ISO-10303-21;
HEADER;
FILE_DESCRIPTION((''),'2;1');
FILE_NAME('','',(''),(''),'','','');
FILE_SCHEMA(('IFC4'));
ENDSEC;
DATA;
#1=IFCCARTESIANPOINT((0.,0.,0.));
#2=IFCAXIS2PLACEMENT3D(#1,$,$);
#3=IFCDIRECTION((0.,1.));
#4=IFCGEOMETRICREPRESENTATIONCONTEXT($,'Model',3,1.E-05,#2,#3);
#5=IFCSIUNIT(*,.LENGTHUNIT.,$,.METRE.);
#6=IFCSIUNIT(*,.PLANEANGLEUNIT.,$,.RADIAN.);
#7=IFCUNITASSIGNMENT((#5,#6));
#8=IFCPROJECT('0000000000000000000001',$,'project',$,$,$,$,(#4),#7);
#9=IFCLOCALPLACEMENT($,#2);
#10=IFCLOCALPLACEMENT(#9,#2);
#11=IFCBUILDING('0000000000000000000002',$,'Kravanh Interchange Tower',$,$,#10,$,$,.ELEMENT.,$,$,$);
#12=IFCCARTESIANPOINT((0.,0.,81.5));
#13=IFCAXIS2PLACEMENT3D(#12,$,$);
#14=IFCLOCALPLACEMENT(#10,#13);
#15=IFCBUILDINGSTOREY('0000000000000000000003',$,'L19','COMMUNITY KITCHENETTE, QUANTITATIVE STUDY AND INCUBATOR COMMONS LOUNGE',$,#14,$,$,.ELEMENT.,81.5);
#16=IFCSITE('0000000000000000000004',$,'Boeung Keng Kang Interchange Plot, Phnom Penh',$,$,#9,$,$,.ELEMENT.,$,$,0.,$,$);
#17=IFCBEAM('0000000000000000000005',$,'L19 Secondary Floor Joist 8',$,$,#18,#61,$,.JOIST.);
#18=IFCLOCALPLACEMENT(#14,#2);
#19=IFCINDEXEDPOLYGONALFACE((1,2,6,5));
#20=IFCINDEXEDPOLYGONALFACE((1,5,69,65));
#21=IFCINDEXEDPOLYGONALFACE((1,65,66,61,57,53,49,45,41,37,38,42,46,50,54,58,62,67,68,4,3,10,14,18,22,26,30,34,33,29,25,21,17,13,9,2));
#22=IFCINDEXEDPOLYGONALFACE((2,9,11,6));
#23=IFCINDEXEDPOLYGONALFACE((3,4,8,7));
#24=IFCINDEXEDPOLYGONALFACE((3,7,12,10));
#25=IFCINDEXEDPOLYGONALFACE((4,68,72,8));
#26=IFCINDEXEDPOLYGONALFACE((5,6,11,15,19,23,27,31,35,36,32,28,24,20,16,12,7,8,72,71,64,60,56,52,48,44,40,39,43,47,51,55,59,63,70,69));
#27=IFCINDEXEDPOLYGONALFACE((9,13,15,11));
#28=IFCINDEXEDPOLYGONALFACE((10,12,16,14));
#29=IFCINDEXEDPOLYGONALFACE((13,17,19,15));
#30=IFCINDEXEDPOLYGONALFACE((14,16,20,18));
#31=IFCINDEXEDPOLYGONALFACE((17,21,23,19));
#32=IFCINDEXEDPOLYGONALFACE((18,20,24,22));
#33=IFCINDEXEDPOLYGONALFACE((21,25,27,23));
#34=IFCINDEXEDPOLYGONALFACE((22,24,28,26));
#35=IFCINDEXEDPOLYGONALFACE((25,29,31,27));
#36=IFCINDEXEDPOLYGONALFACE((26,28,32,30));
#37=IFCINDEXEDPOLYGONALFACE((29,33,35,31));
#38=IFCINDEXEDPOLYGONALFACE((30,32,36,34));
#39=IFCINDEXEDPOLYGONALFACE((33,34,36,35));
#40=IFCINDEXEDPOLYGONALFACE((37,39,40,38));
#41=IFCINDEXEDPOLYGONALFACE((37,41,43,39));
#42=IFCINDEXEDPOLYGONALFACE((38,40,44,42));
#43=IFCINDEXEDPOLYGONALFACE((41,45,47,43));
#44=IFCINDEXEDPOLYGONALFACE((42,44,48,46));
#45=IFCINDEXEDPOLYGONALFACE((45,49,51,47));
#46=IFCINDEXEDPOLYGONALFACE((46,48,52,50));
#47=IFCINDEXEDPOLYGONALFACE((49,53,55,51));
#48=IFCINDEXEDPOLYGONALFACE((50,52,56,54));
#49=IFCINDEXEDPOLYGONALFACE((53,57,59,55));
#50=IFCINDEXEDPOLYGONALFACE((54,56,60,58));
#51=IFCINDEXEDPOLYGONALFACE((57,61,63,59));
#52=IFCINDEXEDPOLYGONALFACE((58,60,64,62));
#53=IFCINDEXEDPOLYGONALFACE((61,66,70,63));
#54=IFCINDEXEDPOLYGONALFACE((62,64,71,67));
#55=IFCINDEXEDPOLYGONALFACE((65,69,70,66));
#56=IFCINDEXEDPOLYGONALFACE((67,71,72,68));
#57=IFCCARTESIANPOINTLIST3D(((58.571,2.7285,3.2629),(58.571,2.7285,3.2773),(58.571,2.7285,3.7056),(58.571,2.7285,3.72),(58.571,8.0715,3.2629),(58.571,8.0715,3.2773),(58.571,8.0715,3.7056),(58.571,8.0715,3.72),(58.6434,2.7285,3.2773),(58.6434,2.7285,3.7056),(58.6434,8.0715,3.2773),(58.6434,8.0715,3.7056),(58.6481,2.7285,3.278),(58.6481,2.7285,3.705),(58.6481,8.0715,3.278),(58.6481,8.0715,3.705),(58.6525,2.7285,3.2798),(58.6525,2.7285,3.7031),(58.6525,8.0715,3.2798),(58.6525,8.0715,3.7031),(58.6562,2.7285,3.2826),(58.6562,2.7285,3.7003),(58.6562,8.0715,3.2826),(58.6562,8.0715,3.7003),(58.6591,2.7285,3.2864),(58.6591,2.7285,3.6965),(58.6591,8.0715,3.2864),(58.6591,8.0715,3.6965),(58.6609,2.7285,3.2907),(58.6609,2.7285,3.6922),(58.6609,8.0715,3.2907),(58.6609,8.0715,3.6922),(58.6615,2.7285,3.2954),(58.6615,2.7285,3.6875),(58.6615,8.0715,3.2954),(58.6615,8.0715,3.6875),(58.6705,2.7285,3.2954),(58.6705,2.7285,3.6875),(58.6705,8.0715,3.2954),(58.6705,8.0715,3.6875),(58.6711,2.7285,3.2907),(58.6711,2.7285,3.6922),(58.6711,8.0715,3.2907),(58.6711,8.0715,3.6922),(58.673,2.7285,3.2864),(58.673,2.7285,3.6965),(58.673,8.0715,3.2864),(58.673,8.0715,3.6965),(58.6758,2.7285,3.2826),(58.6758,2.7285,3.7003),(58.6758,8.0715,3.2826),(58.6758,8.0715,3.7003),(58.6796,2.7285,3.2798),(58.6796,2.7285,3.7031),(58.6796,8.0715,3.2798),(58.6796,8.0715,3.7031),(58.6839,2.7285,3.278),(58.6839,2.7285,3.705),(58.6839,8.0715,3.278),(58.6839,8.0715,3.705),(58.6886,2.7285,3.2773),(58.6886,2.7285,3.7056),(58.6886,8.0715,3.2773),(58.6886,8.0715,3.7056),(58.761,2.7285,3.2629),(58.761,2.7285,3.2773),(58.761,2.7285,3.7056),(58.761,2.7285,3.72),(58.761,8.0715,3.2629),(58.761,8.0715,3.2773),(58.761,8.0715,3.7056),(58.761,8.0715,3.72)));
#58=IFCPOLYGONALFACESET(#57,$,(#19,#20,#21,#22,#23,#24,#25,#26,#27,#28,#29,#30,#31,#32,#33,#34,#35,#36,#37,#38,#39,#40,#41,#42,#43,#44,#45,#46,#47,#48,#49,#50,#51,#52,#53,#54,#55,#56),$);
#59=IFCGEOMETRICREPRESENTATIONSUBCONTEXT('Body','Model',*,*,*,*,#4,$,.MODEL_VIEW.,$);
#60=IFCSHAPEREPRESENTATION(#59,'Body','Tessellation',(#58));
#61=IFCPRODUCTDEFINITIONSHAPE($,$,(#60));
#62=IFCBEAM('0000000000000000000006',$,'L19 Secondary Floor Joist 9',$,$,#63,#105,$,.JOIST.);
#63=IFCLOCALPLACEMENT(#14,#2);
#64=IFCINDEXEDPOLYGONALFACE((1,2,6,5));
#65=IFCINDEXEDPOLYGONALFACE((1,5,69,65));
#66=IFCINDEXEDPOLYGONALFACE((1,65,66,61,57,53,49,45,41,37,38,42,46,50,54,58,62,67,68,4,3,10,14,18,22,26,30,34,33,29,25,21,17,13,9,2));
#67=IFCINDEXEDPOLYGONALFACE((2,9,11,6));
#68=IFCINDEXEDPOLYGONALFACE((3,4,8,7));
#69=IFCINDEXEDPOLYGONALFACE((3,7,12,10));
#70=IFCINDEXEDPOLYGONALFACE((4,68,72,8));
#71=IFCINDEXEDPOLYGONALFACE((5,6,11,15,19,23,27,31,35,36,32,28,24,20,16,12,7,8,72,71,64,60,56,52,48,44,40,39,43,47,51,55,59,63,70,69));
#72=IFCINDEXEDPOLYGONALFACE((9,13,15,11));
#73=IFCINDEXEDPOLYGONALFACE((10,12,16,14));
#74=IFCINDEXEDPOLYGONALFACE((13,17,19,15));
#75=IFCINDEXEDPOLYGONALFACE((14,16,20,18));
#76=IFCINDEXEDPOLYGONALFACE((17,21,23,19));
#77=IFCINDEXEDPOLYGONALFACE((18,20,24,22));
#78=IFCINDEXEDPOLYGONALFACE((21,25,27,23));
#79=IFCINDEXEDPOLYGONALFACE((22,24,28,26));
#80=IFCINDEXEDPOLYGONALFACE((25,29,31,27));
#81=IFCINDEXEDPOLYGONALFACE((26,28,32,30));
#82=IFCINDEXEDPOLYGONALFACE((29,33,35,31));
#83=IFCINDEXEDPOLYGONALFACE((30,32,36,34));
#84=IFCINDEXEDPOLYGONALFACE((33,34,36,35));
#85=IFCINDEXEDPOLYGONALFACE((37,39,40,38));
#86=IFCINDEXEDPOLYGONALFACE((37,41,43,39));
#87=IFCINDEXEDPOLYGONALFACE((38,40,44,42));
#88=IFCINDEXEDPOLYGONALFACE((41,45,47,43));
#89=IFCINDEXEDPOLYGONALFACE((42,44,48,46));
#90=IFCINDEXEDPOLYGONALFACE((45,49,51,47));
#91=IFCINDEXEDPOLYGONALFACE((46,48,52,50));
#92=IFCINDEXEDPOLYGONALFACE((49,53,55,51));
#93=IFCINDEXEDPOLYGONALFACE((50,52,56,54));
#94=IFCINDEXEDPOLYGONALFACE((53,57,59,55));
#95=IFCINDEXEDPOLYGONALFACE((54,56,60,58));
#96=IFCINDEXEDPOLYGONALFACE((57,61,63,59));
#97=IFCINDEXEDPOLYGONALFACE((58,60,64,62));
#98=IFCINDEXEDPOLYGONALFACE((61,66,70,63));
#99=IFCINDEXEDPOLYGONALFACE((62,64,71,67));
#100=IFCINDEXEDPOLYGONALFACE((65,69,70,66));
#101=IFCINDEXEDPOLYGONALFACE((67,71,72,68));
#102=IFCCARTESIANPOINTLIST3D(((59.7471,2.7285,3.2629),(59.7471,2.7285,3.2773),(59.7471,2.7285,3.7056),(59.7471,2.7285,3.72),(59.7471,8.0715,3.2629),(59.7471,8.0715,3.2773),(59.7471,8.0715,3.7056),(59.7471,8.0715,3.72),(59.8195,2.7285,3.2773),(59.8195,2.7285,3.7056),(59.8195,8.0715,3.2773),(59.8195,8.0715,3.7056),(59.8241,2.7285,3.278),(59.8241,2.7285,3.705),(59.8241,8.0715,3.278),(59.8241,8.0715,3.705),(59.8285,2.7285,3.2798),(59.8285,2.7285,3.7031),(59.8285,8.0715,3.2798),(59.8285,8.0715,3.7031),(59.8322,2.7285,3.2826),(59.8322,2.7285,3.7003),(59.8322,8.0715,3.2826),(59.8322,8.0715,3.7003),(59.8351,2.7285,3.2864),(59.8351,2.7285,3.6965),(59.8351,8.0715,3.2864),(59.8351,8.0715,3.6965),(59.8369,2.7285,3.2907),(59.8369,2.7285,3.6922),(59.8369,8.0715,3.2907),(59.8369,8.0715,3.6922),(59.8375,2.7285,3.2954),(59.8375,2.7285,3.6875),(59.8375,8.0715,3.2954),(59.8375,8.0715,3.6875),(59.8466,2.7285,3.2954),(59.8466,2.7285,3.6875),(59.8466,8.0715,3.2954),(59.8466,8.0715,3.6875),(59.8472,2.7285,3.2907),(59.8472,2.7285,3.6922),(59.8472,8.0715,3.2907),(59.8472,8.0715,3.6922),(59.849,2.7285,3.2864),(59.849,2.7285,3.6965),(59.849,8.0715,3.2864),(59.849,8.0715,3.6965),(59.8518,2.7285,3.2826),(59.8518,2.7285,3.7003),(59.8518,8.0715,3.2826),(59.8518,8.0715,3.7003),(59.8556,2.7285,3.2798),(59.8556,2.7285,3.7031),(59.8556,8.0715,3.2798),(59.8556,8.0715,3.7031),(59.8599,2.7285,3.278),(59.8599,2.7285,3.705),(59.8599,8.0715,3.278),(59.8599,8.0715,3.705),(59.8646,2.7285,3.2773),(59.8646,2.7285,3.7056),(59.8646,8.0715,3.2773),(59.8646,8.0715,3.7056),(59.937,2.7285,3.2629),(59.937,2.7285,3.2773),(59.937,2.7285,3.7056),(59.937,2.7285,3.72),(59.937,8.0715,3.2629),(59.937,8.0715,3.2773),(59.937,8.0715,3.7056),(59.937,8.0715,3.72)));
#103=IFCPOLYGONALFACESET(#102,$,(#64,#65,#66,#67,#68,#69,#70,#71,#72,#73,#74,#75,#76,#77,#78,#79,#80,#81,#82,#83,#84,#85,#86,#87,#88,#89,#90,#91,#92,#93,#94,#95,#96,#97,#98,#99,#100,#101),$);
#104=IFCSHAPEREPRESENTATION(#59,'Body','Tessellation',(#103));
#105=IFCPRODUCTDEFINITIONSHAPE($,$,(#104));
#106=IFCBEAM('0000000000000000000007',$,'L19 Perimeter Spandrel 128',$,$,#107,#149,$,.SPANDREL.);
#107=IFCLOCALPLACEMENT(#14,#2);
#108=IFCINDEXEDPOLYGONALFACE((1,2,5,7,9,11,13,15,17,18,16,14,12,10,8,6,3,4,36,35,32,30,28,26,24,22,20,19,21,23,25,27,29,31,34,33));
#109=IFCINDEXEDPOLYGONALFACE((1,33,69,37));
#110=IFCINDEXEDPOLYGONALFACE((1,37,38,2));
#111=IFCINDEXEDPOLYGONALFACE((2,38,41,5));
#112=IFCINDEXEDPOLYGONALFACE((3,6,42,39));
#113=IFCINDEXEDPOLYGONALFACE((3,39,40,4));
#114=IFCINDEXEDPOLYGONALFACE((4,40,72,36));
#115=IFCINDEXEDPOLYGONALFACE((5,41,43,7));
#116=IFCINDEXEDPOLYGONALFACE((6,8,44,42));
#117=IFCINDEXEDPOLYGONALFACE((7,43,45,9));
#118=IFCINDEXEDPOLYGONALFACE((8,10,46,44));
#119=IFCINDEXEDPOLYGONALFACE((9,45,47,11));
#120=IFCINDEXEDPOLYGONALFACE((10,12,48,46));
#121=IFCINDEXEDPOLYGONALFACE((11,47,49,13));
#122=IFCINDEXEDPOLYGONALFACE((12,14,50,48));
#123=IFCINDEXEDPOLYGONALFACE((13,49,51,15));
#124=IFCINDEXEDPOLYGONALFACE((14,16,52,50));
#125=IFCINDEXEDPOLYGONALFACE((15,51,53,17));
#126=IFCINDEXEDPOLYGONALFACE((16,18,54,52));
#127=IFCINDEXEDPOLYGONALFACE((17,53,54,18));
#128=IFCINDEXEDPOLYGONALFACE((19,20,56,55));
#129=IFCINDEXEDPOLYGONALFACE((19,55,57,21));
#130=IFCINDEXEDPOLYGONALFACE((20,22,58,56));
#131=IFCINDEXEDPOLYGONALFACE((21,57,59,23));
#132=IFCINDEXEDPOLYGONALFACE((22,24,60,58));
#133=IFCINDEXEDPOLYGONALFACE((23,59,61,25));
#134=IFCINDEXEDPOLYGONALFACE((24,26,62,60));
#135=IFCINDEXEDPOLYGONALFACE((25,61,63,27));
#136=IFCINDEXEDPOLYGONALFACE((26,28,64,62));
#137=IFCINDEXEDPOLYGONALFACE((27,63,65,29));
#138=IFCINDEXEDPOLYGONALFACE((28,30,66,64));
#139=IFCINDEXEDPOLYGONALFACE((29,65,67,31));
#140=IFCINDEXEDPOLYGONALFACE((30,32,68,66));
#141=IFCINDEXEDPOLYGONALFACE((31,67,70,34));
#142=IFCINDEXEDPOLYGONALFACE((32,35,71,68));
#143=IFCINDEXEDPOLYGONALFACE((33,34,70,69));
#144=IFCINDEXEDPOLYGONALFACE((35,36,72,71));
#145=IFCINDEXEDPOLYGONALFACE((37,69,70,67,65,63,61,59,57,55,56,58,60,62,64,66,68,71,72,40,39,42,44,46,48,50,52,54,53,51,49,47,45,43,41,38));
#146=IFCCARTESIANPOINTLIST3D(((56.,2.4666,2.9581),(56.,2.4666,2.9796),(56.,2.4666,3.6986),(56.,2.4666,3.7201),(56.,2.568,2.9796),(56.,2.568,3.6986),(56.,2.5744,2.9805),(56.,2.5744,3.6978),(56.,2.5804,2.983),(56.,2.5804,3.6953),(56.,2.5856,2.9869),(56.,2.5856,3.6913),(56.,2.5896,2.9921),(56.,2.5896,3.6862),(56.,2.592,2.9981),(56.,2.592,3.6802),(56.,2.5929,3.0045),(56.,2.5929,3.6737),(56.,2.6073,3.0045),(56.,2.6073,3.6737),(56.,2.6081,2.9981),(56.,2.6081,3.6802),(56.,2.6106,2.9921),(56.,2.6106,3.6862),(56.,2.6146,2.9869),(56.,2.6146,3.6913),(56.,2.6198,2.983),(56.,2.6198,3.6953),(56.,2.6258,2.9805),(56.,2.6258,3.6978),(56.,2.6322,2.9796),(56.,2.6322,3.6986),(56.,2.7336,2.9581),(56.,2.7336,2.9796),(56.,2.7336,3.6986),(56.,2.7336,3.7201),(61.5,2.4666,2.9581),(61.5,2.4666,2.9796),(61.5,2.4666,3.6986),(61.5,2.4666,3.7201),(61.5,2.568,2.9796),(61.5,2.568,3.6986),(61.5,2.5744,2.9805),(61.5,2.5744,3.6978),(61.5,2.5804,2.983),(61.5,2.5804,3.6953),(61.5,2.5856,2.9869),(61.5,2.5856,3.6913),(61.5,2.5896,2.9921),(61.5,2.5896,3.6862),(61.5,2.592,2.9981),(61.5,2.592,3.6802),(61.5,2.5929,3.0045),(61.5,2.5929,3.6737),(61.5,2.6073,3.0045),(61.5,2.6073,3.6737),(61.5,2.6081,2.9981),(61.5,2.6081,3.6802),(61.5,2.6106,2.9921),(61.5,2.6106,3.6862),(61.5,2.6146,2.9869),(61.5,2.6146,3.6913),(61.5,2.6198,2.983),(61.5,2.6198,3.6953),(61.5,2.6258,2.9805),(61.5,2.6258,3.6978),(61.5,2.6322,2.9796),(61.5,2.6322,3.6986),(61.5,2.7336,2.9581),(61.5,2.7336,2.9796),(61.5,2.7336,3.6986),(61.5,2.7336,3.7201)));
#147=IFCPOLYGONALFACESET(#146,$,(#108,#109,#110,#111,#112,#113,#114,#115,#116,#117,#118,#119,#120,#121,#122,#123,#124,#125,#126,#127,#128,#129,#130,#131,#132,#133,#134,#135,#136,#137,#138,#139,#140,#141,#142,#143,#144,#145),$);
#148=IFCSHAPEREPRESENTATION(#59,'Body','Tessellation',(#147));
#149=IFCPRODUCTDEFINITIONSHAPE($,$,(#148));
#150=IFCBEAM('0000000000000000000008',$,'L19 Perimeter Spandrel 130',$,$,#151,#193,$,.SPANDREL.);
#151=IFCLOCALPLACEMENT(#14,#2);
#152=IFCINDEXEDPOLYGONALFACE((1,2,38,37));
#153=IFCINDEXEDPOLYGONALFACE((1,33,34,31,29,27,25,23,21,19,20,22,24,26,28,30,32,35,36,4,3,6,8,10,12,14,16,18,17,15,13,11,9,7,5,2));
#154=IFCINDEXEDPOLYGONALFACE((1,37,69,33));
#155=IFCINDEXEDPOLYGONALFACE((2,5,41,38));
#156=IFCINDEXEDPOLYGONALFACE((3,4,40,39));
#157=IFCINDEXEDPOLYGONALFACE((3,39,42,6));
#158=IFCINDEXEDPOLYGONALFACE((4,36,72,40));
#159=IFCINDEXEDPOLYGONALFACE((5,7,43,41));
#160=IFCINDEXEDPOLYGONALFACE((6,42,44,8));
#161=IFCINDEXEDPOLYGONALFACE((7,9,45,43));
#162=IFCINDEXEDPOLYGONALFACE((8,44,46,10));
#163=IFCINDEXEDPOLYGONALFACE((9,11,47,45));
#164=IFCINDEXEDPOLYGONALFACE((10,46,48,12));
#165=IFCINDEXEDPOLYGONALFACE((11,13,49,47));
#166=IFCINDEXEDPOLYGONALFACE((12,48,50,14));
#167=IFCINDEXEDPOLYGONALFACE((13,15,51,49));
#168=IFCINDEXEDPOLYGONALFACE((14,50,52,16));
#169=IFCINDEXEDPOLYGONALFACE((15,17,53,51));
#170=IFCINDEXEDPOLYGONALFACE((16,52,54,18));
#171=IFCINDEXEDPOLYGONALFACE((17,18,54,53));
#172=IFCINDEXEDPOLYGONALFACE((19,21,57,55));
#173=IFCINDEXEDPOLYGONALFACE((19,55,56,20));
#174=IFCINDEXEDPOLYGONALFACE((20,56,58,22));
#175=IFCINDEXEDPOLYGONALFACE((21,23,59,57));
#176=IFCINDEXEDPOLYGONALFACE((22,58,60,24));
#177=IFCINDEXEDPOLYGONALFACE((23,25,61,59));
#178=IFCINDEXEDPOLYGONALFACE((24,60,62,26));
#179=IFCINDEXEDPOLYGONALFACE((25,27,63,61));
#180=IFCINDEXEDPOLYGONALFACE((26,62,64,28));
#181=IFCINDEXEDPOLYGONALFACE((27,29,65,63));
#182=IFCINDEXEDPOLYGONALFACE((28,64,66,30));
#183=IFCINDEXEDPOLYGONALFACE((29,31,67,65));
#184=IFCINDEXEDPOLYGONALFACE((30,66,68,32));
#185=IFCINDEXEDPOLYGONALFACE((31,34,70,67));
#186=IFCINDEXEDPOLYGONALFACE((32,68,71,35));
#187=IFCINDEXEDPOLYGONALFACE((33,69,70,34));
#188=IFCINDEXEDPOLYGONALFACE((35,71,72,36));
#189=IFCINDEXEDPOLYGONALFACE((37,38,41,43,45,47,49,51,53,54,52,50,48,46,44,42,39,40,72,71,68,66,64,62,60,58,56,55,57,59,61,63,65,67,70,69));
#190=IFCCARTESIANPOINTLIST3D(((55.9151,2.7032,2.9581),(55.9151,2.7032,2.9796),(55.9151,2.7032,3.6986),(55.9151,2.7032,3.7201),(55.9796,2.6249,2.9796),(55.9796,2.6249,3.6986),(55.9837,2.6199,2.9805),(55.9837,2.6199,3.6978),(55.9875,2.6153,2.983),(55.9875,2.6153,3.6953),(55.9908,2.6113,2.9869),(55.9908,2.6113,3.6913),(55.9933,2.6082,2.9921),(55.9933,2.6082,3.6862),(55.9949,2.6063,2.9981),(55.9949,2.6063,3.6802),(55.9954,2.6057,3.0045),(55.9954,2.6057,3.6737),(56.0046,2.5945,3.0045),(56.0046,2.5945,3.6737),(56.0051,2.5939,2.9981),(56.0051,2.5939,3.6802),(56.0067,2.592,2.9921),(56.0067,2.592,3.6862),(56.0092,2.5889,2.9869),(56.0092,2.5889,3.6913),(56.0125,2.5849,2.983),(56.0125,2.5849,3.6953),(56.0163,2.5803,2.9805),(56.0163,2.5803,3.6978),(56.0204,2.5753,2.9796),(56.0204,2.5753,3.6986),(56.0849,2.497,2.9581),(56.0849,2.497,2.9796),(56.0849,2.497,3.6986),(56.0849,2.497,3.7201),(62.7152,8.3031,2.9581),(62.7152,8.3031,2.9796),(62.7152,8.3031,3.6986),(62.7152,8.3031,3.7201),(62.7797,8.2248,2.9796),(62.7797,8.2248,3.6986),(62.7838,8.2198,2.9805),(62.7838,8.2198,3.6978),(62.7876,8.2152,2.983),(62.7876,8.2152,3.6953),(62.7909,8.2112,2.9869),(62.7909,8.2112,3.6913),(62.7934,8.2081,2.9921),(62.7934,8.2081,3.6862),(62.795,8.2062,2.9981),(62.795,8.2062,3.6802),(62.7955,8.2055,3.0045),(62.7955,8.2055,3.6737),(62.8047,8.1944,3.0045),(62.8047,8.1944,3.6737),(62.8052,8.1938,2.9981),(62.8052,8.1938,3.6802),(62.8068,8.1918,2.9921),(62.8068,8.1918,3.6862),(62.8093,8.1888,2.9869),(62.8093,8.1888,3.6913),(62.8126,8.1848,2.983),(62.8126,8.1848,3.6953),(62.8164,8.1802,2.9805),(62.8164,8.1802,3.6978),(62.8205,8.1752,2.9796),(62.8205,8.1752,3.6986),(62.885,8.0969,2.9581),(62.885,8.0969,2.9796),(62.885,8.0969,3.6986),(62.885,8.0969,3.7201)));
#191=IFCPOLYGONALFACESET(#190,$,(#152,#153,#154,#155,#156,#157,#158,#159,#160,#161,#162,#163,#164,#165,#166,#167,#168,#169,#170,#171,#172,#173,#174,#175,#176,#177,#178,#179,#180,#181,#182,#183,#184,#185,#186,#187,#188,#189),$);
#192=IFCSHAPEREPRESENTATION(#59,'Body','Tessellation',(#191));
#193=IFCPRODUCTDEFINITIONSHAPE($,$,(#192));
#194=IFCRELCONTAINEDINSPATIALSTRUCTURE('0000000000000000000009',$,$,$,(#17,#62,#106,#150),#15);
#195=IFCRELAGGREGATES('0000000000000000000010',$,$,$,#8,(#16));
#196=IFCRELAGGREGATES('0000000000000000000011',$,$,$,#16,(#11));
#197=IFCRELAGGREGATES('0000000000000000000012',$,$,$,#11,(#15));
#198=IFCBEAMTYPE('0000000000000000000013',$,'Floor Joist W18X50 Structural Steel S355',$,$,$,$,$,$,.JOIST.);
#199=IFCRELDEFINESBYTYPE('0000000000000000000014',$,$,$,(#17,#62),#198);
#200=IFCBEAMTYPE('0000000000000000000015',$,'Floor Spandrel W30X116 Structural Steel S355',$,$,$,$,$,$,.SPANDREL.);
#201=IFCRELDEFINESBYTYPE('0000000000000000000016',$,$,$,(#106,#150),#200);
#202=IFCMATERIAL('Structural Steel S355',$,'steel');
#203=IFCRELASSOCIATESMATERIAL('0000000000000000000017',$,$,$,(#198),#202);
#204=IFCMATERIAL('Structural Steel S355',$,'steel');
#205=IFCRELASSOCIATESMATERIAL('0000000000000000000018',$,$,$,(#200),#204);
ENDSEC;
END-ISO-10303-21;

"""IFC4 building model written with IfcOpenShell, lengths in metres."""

from ifc_helpers import new_model, si_unit, direction, frame, origin, origin_2d, place, context, subcontext, project, spatial, i_section, extrude, material, material_profile, profile_set, type_object, element, save


model = new_model("IFC4")

# Units and contexts
model_context = context("Model", 3, precision=1e-05, world=origin(), true_north=direction((0.0, 1.0)))
body_context = subcontext(model_context, "Body", "Model", "MODEL_VIEW")
ifc_project = project(units=[si_unit("LENGTHUNIT", "METRE"), si_unit("PLANEANGLEUNIT", "RADIAN")], contexts=[model_context])

# Site, building, storey
site_placement = place(None, origin())
site = spatial("IfcSite", under=ifc_project, at=site_placement, Name="Boeung Keng Kang Interchange Plot, Phnom Penh", CompositionType="ELEMENT", RefElevation=0.0)
building_placement = place(site_placement, origin())
building = spatial("IfcBuilding", under=site, at=building_placement, Name="Kravanh Interchange Tower", CompositionType="ELEMENT")
storey_placement = place(building_placement, frame((0.0, 0.0, 81.5)))
storey = spatial("IfcBuildingStorey", under=building, at=storey_placement, Name="L19", Description="COMMUNITY KITCHENETTE, QUANTITATIVE STUDY AND INCUBATOR COMMONS LOUNGE", CompositionType="ELEMENT", Elevation=81.5)

# Beams
ifc_material_1 = material(Name="Structural Steel S355", Category="steel")
ifc_material_profile_1 = material_profile(ifc_material_1, i_section(OverallWidth=0.1899, OverallDepth=0.457, WebThickness=0.009, FlangeThickness=0.0144, FilletRadius=0.0181, at=origin_2d()), Name="W18X50")
ifc_profile_set_1 = profile_set([ifc_material_profile_1], Name="Structural Steel S355")
beam_type_1 = type_object("IfcBeamType", Name="Floor Joist W18X50 Structural Steel S355", PredefinedType="JOIST", material=ifc_profile_set_1)
for number, where, z_axis, x_axis, name in (
    (1, (58.666, 2.7285, 3.4915), (0.0, 1.0, 0.0), (-1.0, 0.0, 0.0), "L19 Secondary Floor Joist 8"),
    (2, (59.842, 2.7285, 3.4915), (0.0, 1.0, 0.0), (-1.0, 0.0, 0.0), "L19 Secondary Floor Joist 9"),
):
    element("IfcBeam", number, at=place(storey_placement, frame(where, z_axis=z_axis, x_axis=x_axis)), inside=storey, type_object=beam_type_1, Name=name, PredefinedType="JOIST", context=body_context, shape_type="SweptSolid", body=[
        extrude(i_section(OverallWidth=0.1899, OverallDepth=0.457, WebThickness=0.009, FlangeThickness=0.0144, FilletRadius=0.0181, at=origin_2d()), origin(), (0.0, 0.0, 1.0), 5.343),
    ])
ifc_material_2 = material(Name="Structural Steel S355", Category="steel")
ifc_material_profile_2 = material_profile(ifc_material_2, i_section(OverallWidth=0.2671, OverallDepth=0.762, WebThickness=0.0144, FlangeThickness=0.0215, FilletRadius=0.0249, at=origin_2d()), Name="W30X116")
ifc_profile_set_2 = profile_set([ifc_material_profile_2], Name="Structural Steel S355")
beam_type_2 = type_object("IfcBeamType", Name="Floor Spandrel W30X116 Structural Steel S355", PredefinedType="SPANDREL", material=ifc_profile_set_2)
beam_1_placement = place(storey_placement, frame((56.0, 2.6001, 3.3391), z_axis=(1.0, 0.0, 0.0), x_axis=(0.0, 1.0, 0.0)))
element("IfcBeam", 3, at=beam_1_placement, inside=storey, type_object=beam_type_2, Name="L19 Perimeter Spandrel 128", PredefinedType="SPANDREL", context=body_context, shape_type="SweptSolid", body=[
    extrude(i_section(OverallWidth=0.2671, OverallDepth=0.762, WebThickness=0.0144, FlangeThickness=0.0215, FilletRadius=0.0249, at=origin_2d()), origin(), (0.0, 0.0, 1.0), 5.5),
])
beam_2_placement = place(storey_placement, frame((56.0, 2.6001, 3.3391), z_axis=(0.771941, 0.635695, 0.0), x_axis=(-0.635695, 0.771941, 0.0)))
element("IfcBeam", 4, at=beam_2_placement, inside=storey, type_object=beam_type_2, Name="L19 Perimeter Spandrel 130", PredefinedType="SPANDREL", context=body_context, shape_type="SweptSolid", body=[
    extrude(i_section(OverallWidth=0.2671, OverallDepth=0.762, WebThickness=0.0144, FlangeThickness=0.0215, FilletRadius=0.0249, at=origin_2d()), origin(), (0.0, 0.0, 1.0), 8.8091),
])

save(model, "model.ifc")
